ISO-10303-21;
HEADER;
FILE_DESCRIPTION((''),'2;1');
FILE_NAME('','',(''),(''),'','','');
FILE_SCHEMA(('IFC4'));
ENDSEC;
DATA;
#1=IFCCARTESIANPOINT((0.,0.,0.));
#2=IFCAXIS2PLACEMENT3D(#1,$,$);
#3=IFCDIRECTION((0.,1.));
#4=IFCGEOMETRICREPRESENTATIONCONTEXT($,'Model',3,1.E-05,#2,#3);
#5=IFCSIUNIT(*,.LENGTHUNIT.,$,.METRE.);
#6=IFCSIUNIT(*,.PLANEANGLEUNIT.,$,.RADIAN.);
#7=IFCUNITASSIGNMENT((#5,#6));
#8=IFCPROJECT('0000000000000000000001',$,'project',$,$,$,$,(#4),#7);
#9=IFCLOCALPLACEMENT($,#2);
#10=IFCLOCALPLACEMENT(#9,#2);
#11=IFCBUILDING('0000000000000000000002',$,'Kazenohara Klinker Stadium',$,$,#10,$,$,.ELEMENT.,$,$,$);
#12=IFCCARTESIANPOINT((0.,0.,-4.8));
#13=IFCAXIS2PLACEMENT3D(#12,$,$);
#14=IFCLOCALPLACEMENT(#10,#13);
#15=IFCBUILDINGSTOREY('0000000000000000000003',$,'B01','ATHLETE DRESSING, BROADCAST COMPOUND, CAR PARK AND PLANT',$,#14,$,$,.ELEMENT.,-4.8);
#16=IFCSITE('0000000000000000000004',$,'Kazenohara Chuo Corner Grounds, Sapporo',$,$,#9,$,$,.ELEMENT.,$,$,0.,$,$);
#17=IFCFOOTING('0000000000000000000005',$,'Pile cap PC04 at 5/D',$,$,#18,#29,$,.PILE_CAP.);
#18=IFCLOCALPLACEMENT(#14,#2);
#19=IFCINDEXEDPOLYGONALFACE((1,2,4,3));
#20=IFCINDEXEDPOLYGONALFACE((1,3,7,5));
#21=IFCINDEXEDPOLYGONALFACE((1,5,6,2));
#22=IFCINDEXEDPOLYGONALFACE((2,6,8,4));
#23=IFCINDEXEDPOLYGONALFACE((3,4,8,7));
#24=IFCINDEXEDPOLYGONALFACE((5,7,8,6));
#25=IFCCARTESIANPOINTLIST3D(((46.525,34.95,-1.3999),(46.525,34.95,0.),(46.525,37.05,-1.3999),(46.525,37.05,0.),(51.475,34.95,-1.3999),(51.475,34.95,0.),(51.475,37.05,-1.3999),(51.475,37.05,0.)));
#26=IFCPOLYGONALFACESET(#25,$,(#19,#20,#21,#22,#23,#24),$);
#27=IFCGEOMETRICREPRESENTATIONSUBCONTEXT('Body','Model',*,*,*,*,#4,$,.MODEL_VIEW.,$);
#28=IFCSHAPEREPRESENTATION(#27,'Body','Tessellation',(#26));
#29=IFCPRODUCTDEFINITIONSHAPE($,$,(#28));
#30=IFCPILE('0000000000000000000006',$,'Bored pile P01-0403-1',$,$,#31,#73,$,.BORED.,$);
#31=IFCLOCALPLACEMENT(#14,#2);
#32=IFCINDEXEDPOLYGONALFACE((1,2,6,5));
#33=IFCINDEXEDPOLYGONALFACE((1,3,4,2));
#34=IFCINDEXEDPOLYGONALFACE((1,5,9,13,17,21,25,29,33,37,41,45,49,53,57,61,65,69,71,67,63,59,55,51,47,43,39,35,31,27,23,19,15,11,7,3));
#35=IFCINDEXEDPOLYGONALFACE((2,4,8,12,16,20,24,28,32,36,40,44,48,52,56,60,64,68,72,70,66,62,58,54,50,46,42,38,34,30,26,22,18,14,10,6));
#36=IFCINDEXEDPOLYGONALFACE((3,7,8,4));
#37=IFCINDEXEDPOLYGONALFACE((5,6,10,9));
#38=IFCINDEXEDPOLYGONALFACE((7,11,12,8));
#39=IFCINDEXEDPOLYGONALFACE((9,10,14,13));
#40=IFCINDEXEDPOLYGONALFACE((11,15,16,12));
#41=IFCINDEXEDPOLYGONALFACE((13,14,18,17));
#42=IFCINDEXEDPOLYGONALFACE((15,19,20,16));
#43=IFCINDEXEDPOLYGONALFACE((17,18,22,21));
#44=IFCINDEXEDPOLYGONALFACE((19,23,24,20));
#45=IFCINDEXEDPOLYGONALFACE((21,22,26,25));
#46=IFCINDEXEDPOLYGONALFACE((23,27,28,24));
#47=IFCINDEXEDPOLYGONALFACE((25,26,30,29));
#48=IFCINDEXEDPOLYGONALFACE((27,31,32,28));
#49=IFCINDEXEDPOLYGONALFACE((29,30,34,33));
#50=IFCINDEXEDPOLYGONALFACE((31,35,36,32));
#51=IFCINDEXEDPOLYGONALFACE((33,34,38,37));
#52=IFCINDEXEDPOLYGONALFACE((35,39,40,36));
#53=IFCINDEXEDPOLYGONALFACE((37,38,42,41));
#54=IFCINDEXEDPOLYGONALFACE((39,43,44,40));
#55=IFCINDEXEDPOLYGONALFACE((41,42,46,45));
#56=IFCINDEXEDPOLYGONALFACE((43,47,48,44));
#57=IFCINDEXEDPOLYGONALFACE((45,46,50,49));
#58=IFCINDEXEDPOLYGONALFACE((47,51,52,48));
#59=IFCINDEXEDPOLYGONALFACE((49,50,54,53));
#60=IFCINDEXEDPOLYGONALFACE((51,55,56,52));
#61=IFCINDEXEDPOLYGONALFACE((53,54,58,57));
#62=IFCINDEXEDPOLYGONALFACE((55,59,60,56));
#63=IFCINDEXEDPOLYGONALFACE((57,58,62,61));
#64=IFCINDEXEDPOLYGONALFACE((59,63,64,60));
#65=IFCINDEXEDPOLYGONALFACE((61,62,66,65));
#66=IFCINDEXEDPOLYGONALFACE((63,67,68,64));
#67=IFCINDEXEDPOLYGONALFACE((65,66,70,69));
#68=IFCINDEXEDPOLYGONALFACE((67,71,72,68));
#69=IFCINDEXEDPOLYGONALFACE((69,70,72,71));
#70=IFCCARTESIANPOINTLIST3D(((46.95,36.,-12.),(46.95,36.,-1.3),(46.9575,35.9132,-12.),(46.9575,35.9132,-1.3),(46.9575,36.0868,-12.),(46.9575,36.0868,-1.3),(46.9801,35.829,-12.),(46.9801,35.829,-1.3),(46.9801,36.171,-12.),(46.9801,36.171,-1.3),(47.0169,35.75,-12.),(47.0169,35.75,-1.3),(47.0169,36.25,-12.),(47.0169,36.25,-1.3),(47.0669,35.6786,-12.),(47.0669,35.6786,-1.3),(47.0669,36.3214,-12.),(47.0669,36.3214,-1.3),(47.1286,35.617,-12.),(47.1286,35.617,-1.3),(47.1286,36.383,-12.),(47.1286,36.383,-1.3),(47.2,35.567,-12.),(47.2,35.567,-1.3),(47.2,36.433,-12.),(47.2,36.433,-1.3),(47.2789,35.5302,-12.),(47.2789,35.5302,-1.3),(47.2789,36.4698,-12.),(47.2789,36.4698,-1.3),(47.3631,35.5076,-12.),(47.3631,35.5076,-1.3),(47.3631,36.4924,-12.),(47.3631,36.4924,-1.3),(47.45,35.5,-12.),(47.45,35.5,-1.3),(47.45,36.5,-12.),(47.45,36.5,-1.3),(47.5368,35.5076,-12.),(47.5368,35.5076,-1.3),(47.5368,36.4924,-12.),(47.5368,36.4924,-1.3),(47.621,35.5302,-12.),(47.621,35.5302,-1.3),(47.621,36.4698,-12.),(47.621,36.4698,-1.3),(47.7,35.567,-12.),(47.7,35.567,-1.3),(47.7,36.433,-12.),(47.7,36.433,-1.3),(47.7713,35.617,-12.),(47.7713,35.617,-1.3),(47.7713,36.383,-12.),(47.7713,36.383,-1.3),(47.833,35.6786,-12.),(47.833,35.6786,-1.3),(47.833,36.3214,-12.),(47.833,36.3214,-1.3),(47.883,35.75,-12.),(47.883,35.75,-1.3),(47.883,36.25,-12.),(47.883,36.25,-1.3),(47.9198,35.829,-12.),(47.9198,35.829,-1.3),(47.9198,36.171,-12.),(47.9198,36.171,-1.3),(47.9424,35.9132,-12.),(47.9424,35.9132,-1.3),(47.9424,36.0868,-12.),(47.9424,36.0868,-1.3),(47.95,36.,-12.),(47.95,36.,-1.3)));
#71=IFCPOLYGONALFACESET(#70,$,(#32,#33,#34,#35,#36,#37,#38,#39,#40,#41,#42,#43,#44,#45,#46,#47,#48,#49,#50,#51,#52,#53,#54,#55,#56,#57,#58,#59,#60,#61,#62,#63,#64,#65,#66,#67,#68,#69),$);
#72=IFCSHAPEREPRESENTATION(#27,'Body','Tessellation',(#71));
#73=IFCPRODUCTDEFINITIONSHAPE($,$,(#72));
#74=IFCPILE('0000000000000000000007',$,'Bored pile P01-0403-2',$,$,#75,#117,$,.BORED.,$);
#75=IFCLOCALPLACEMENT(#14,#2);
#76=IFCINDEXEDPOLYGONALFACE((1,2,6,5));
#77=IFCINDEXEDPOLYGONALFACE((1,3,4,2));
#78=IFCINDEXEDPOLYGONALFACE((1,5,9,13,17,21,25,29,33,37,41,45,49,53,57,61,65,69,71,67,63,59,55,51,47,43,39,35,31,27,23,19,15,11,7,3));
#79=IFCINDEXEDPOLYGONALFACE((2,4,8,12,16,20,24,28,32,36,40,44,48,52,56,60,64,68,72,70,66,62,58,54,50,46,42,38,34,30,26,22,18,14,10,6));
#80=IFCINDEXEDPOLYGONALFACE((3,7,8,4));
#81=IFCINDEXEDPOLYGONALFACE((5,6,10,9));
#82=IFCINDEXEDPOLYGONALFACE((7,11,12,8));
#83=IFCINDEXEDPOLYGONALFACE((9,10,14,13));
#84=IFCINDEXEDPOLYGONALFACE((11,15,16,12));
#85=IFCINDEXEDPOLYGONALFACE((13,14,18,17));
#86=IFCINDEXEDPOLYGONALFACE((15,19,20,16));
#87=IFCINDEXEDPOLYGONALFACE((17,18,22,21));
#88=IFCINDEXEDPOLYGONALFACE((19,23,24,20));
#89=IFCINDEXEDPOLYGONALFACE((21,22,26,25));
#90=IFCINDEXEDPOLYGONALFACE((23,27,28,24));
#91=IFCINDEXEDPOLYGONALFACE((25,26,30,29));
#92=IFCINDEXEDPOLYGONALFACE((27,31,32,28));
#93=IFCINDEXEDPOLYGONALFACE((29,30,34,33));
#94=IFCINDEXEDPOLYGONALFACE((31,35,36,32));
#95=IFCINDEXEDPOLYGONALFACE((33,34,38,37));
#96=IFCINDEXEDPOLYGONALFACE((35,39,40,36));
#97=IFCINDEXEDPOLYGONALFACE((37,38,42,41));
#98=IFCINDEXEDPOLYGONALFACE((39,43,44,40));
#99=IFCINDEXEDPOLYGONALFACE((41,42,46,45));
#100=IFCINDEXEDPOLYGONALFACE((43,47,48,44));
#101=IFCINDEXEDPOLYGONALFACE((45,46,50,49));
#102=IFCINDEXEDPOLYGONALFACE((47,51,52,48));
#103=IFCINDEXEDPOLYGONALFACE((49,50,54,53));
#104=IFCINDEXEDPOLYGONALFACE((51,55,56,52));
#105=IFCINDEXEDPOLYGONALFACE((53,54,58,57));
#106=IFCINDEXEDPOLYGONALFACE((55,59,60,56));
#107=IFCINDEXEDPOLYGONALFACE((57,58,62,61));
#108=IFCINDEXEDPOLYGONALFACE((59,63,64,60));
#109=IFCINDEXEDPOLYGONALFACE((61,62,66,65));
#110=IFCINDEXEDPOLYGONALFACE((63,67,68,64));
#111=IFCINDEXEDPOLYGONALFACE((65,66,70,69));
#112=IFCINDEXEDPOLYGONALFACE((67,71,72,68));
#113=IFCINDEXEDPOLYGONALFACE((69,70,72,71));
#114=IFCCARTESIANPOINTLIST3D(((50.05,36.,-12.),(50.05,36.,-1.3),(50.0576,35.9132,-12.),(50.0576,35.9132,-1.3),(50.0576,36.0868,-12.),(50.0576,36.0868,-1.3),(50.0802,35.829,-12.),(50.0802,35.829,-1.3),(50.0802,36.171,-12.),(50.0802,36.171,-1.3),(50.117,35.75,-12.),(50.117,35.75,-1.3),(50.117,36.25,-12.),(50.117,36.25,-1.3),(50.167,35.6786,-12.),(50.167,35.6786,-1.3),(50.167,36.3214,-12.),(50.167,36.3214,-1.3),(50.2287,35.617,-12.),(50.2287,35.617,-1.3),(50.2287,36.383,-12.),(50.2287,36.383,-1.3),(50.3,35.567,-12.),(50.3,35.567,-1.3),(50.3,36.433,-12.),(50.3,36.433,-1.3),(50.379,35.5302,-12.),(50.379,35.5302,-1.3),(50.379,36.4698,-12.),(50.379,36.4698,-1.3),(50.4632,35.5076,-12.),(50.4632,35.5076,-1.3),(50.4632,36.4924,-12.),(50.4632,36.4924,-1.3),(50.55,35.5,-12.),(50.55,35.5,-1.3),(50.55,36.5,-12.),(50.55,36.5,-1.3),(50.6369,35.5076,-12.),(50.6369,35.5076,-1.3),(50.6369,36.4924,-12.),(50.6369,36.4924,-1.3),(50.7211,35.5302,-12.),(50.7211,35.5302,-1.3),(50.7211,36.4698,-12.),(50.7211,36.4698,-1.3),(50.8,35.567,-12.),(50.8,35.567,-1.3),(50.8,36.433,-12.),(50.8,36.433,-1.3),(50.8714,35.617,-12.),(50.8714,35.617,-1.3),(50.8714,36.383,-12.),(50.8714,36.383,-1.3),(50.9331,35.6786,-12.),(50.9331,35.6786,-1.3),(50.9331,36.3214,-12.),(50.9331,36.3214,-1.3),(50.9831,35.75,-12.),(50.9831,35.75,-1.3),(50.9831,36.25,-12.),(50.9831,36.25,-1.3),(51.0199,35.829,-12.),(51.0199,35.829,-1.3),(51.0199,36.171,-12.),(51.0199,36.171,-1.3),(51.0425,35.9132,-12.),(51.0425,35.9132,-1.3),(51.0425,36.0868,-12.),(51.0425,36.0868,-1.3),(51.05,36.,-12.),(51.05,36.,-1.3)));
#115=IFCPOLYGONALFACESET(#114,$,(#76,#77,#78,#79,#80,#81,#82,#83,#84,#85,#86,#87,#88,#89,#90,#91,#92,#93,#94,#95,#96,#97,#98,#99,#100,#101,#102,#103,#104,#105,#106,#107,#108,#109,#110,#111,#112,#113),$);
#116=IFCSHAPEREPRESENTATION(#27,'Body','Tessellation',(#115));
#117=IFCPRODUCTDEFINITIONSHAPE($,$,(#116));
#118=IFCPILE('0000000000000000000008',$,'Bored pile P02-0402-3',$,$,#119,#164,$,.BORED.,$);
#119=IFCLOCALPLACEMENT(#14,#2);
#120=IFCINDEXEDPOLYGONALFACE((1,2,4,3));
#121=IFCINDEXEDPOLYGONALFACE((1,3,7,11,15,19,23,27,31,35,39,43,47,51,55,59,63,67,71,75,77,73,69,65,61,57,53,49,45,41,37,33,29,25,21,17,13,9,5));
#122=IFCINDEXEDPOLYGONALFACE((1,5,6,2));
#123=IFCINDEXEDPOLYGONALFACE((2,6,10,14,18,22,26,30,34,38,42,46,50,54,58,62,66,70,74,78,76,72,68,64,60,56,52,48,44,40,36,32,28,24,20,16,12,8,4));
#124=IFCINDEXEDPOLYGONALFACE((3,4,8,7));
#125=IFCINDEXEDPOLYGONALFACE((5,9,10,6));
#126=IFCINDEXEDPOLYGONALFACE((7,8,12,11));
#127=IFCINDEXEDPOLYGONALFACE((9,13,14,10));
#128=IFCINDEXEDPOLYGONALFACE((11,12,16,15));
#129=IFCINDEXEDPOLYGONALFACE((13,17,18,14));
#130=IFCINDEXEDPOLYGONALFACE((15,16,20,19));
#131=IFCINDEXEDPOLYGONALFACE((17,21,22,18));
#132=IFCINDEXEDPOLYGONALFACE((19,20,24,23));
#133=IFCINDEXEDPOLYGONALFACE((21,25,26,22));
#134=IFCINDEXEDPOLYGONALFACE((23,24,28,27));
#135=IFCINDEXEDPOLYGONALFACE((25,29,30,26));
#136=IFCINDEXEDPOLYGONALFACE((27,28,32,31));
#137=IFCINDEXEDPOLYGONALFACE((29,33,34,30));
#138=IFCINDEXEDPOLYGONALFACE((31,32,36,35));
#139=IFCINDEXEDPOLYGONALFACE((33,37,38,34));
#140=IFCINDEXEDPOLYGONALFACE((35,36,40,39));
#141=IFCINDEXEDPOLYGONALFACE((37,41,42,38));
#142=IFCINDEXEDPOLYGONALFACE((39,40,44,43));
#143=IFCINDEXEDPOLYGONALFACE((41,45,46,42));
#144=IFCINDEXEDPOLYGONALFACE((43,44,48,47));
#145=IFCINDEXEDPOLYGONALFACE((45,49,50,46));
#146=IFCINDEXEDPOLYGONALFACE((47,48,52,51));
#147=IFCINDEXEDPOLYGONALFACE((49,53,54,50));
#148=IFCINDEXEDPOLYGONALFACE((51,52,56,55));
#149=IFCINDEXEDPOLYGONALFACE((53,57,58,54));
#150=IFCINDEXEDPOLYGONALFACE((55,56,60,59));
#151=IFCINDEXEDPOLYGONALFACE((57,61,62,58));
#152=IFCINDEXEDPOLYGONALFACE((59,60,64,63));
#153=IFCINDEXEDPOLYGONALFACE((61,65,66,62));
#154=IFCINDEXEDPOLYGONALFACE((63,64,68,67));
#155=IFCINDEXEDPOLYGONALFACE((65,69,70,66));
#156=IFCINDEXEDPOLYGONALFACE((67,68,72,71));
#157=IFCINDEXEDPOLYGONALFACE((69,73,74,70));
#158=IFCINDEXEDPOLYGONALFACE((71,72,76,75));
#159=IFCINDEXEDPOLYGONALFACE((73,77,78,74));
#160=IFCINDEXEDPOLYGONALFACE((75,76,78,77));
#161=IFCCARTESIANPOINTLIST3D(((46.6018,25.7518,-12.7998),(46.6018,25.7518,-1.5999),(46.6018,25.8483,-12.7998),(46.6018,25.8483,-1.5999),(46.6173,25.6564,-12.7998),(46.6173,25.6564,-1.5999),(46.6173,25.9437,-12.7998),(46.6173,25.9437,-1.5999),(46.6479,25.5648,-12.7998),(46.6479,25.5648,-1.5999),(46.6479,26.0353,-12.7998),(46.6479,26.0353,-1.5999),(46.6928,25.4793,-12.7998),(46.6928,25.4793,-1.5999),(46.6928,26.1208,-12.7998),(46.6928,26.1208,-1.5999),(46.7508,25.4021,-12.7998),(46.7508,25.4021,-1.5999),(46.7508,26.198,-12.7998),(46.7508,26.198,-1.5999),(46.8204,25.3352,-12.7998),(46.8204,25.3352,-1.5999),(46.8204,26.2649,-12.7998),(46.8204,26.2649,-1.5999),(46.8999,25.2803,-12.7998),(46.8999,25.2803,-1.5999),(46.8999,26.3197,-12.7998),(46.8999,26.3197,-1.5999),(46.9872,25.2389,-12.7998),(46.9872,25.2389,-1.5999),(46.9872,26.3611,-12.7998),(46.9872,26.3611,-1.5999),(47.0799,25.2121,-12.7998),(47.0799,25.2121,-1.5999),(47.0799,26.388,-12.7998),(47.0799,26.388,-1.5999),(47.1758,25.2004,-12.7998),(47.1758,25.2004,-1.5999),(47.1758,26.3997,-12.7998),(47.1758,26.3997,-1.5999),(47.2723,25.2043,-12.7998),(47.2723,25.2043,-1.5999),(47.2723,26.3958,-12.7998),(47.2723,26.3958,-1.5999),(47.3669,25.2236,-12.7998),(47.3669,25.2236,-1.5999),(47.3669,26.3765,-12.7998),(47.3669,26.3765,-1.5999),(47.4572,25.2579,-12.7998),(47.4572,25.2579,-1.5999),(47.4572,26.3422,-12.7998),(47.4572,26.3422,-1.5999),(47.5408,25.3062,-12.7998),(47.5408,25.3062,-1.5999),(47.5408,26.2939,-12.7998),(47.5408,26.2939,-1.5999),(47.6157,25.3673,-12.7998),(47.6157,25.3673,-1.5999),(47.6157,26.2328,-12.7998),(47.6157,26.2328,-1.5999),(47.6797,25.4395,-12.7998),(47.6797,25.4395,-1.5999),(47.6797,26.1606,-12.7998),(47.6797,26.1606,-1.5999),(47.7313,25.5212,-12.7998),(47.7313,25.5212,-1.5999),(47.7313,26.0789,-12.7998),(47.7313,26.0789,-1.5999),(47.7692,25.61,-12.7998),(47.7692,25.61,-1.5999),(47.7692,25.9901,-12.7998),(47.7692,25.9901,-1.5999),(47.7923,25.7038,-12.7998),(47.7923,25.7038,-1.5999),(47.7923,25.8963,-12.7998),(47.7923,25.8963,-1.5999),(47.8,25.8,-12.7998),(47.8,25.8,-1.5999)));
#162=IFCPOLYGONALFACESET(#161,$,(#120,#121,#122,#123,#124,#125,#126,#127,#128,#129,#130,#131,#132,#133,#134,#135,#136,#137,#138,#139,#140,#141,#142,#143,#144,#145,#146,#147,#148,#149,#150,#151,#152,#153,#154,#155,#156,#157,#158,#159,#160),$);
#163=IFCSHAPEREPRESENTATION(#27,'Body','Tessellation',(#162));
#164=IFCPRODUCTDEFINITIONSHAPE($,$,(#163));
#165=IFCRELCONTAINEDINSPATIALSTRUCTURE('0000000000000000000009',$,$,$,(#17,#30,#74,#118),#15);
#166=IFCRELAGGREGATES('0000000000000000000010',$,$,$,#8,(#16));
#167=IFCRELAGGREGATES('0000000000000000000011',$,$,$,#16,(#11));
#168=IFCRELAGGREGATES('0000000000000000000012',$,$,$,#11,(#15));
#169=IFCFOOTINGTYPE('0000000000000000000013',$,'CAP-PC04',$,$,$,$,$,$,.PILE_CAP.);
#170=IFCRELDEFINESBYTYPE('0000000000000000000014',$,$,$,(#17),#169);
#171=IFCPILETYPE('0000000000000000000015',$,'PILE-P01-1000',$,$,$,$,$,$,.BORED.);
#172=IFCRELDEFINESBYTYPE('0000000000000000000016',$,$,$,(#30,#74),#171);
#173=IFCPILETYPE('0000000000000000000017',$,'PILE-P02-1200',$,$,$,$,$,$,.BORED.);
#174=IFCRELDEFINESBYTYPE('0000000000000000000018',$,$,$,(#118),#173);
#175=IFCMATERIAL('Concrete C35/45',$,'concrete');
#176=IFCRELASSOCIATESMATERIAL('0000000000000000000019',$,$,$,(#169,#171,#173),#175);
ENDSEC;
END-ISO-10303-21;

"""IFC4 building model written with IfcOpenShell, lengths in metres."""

from ifc_helpers import new_model, si_unit, direction, frame, origin, origin_2d, place, context, subcontext, project, spatial, rectangle, circle, extrude, material, material_profile, profile_set, type_object, element, save


model = new_model("IFC4")

# Units and contexts
model_context = context("Model", 3, precision=1e-05, world=origin(), true_north=direction((0.0, 1.0)))
body_context = subcontext(model_context, "Body", "Model", "MODEL_VIEW")
ifc_project = project(units=[si_unit("LENGTHUNIT", "METRE"), si_unit("PLANEANGLEUNIT", "RADIAN")], contexts=[model_context])

# Site, building, storey
site_placement = place(None, origin())
site = spatial("IfcSite", under=ifc_project, at=site_placement, Name="Kazenohara Chuo Corner Grounds, Sapporo", CompositionType="ELEMENT", RefElevation=0.0)
building_placement = place(site_placement, origin())
building = spatial("IfcBuilding", under=site, at=building_placement, Name="Kazenohara Klinker Stadium", CompositionType="ELEMENT")
storey_placement = place(building_placement, frame((0.0, 0.0, -4.8)))
storey = spatial("IfcBuildingStorey", under=building, at=storey_placement, Name="B01", Description="ATHLETE DRESSING, BROADCAST COMPOUND, CAR PARK AND PLANT", CompositionType="ELEMENT", Elevation=-4.8)

# Footing
ifc_material_1 = material(Name="Concrete C35/45", Category="concrete")
footing_type = type_object("IfcFootingType", Name="CAP-PC04", PredefinedType="PILE_CAP", material=ifc_material_1)
footing_placement = place(storey_placement, frame((49.0, 36.0, -1.3999), z_axis=(0.0, 0.0, 1.0), x_axis=(1.0, 0.0, 0.0)))
element("IfcFooting", 1, at=footing_placement, inside=storey, type_object=footing_type, Name="Pile cap PC04 at 5/D", PredefinedType="PILE_CAP", context=body_context, shape_type="SweptSolid", body=[
    extrude(rectangle(XDim=4.95, YDim=2.1001, at=origin_2d()), origin(), (0.0, 0.0, 1.0), 1.3999),
])

# Piles
ifc_material_profile_1 = material_profile(ifc_material_1, circle(Radius=0.5, at=origin_2d()), Name="BORED-PILE-1000")
ifc_profile_set_1 = profile_set([ifc_material_profile_1], Name="Concrete C35/45")
pile_type_1 = type_object("IfcPileType", Name="PILE-P01-1000", PredefinedType="BORED", material=ifc_profile_set_1)
for number, where, z_axis, x_axis, name in (
    (2, (47.45, 36.0, -1.3), (0.0, 0.0, -1.0), (1.0, 0.0, 0.0), "Bored pile P01-0403-1"),
    (3, (50.55, 36.0, -1.3), (0.0, 0.0, -1.0), (1.0, 0.0, 0.0), "Bored pile P01-0403-2"),
):
    element("IfcPile", number, at=place(storey_placement, frame(where, z_axis=z_axis, x_axis=x_axis)), inside=storey, type_object=pile_type_1, Name=name, PredefinedType="BORED", context=body_context, shape_type="SweptSolid", body=[
        extrude(circle(Radius=0.5, at=origin_2d()), origin(), (0.0, 0.0, 1.0), 10.7),
    ])
ifc_material_profile_2 = material_profile(ifc_material_1, circle(Radius=0.6001, at=origin_2d()), Name="BORED-PILE-1200")
ifc_profile_set_2 = profile_set([ifc_material_profile_2], Name="Concrete C35/45")
pile_type_2 = type_object("IfcPileType", Name="PILE-P02-1200", PredefinedType="BORED", material=ifc_profile_set_2)
for number, where, z_axis, x_axis, name in (
    (4, (47.2, 25.8, -1.5999), (0.0, 0.0, -1.0), (1.0, 0.0, 0.0), "Bored pile P02-0402-3"),
):
    element("IfcPile", number, at=place(storey_placement, frame(where, z_axis=z_axis, x_axis=x_axis)), inside=storey, type_object=pile_type_2, Name=name, PredefinedType="BORED", context=body_context, shape_type="SweptSolid", body=[
        extrude(circle(Radius=0.6001, at=origin_2d()), origin(), (0.0, 0.0, 1.0), 11.2),
    ])

save(model, "model.ifc")
